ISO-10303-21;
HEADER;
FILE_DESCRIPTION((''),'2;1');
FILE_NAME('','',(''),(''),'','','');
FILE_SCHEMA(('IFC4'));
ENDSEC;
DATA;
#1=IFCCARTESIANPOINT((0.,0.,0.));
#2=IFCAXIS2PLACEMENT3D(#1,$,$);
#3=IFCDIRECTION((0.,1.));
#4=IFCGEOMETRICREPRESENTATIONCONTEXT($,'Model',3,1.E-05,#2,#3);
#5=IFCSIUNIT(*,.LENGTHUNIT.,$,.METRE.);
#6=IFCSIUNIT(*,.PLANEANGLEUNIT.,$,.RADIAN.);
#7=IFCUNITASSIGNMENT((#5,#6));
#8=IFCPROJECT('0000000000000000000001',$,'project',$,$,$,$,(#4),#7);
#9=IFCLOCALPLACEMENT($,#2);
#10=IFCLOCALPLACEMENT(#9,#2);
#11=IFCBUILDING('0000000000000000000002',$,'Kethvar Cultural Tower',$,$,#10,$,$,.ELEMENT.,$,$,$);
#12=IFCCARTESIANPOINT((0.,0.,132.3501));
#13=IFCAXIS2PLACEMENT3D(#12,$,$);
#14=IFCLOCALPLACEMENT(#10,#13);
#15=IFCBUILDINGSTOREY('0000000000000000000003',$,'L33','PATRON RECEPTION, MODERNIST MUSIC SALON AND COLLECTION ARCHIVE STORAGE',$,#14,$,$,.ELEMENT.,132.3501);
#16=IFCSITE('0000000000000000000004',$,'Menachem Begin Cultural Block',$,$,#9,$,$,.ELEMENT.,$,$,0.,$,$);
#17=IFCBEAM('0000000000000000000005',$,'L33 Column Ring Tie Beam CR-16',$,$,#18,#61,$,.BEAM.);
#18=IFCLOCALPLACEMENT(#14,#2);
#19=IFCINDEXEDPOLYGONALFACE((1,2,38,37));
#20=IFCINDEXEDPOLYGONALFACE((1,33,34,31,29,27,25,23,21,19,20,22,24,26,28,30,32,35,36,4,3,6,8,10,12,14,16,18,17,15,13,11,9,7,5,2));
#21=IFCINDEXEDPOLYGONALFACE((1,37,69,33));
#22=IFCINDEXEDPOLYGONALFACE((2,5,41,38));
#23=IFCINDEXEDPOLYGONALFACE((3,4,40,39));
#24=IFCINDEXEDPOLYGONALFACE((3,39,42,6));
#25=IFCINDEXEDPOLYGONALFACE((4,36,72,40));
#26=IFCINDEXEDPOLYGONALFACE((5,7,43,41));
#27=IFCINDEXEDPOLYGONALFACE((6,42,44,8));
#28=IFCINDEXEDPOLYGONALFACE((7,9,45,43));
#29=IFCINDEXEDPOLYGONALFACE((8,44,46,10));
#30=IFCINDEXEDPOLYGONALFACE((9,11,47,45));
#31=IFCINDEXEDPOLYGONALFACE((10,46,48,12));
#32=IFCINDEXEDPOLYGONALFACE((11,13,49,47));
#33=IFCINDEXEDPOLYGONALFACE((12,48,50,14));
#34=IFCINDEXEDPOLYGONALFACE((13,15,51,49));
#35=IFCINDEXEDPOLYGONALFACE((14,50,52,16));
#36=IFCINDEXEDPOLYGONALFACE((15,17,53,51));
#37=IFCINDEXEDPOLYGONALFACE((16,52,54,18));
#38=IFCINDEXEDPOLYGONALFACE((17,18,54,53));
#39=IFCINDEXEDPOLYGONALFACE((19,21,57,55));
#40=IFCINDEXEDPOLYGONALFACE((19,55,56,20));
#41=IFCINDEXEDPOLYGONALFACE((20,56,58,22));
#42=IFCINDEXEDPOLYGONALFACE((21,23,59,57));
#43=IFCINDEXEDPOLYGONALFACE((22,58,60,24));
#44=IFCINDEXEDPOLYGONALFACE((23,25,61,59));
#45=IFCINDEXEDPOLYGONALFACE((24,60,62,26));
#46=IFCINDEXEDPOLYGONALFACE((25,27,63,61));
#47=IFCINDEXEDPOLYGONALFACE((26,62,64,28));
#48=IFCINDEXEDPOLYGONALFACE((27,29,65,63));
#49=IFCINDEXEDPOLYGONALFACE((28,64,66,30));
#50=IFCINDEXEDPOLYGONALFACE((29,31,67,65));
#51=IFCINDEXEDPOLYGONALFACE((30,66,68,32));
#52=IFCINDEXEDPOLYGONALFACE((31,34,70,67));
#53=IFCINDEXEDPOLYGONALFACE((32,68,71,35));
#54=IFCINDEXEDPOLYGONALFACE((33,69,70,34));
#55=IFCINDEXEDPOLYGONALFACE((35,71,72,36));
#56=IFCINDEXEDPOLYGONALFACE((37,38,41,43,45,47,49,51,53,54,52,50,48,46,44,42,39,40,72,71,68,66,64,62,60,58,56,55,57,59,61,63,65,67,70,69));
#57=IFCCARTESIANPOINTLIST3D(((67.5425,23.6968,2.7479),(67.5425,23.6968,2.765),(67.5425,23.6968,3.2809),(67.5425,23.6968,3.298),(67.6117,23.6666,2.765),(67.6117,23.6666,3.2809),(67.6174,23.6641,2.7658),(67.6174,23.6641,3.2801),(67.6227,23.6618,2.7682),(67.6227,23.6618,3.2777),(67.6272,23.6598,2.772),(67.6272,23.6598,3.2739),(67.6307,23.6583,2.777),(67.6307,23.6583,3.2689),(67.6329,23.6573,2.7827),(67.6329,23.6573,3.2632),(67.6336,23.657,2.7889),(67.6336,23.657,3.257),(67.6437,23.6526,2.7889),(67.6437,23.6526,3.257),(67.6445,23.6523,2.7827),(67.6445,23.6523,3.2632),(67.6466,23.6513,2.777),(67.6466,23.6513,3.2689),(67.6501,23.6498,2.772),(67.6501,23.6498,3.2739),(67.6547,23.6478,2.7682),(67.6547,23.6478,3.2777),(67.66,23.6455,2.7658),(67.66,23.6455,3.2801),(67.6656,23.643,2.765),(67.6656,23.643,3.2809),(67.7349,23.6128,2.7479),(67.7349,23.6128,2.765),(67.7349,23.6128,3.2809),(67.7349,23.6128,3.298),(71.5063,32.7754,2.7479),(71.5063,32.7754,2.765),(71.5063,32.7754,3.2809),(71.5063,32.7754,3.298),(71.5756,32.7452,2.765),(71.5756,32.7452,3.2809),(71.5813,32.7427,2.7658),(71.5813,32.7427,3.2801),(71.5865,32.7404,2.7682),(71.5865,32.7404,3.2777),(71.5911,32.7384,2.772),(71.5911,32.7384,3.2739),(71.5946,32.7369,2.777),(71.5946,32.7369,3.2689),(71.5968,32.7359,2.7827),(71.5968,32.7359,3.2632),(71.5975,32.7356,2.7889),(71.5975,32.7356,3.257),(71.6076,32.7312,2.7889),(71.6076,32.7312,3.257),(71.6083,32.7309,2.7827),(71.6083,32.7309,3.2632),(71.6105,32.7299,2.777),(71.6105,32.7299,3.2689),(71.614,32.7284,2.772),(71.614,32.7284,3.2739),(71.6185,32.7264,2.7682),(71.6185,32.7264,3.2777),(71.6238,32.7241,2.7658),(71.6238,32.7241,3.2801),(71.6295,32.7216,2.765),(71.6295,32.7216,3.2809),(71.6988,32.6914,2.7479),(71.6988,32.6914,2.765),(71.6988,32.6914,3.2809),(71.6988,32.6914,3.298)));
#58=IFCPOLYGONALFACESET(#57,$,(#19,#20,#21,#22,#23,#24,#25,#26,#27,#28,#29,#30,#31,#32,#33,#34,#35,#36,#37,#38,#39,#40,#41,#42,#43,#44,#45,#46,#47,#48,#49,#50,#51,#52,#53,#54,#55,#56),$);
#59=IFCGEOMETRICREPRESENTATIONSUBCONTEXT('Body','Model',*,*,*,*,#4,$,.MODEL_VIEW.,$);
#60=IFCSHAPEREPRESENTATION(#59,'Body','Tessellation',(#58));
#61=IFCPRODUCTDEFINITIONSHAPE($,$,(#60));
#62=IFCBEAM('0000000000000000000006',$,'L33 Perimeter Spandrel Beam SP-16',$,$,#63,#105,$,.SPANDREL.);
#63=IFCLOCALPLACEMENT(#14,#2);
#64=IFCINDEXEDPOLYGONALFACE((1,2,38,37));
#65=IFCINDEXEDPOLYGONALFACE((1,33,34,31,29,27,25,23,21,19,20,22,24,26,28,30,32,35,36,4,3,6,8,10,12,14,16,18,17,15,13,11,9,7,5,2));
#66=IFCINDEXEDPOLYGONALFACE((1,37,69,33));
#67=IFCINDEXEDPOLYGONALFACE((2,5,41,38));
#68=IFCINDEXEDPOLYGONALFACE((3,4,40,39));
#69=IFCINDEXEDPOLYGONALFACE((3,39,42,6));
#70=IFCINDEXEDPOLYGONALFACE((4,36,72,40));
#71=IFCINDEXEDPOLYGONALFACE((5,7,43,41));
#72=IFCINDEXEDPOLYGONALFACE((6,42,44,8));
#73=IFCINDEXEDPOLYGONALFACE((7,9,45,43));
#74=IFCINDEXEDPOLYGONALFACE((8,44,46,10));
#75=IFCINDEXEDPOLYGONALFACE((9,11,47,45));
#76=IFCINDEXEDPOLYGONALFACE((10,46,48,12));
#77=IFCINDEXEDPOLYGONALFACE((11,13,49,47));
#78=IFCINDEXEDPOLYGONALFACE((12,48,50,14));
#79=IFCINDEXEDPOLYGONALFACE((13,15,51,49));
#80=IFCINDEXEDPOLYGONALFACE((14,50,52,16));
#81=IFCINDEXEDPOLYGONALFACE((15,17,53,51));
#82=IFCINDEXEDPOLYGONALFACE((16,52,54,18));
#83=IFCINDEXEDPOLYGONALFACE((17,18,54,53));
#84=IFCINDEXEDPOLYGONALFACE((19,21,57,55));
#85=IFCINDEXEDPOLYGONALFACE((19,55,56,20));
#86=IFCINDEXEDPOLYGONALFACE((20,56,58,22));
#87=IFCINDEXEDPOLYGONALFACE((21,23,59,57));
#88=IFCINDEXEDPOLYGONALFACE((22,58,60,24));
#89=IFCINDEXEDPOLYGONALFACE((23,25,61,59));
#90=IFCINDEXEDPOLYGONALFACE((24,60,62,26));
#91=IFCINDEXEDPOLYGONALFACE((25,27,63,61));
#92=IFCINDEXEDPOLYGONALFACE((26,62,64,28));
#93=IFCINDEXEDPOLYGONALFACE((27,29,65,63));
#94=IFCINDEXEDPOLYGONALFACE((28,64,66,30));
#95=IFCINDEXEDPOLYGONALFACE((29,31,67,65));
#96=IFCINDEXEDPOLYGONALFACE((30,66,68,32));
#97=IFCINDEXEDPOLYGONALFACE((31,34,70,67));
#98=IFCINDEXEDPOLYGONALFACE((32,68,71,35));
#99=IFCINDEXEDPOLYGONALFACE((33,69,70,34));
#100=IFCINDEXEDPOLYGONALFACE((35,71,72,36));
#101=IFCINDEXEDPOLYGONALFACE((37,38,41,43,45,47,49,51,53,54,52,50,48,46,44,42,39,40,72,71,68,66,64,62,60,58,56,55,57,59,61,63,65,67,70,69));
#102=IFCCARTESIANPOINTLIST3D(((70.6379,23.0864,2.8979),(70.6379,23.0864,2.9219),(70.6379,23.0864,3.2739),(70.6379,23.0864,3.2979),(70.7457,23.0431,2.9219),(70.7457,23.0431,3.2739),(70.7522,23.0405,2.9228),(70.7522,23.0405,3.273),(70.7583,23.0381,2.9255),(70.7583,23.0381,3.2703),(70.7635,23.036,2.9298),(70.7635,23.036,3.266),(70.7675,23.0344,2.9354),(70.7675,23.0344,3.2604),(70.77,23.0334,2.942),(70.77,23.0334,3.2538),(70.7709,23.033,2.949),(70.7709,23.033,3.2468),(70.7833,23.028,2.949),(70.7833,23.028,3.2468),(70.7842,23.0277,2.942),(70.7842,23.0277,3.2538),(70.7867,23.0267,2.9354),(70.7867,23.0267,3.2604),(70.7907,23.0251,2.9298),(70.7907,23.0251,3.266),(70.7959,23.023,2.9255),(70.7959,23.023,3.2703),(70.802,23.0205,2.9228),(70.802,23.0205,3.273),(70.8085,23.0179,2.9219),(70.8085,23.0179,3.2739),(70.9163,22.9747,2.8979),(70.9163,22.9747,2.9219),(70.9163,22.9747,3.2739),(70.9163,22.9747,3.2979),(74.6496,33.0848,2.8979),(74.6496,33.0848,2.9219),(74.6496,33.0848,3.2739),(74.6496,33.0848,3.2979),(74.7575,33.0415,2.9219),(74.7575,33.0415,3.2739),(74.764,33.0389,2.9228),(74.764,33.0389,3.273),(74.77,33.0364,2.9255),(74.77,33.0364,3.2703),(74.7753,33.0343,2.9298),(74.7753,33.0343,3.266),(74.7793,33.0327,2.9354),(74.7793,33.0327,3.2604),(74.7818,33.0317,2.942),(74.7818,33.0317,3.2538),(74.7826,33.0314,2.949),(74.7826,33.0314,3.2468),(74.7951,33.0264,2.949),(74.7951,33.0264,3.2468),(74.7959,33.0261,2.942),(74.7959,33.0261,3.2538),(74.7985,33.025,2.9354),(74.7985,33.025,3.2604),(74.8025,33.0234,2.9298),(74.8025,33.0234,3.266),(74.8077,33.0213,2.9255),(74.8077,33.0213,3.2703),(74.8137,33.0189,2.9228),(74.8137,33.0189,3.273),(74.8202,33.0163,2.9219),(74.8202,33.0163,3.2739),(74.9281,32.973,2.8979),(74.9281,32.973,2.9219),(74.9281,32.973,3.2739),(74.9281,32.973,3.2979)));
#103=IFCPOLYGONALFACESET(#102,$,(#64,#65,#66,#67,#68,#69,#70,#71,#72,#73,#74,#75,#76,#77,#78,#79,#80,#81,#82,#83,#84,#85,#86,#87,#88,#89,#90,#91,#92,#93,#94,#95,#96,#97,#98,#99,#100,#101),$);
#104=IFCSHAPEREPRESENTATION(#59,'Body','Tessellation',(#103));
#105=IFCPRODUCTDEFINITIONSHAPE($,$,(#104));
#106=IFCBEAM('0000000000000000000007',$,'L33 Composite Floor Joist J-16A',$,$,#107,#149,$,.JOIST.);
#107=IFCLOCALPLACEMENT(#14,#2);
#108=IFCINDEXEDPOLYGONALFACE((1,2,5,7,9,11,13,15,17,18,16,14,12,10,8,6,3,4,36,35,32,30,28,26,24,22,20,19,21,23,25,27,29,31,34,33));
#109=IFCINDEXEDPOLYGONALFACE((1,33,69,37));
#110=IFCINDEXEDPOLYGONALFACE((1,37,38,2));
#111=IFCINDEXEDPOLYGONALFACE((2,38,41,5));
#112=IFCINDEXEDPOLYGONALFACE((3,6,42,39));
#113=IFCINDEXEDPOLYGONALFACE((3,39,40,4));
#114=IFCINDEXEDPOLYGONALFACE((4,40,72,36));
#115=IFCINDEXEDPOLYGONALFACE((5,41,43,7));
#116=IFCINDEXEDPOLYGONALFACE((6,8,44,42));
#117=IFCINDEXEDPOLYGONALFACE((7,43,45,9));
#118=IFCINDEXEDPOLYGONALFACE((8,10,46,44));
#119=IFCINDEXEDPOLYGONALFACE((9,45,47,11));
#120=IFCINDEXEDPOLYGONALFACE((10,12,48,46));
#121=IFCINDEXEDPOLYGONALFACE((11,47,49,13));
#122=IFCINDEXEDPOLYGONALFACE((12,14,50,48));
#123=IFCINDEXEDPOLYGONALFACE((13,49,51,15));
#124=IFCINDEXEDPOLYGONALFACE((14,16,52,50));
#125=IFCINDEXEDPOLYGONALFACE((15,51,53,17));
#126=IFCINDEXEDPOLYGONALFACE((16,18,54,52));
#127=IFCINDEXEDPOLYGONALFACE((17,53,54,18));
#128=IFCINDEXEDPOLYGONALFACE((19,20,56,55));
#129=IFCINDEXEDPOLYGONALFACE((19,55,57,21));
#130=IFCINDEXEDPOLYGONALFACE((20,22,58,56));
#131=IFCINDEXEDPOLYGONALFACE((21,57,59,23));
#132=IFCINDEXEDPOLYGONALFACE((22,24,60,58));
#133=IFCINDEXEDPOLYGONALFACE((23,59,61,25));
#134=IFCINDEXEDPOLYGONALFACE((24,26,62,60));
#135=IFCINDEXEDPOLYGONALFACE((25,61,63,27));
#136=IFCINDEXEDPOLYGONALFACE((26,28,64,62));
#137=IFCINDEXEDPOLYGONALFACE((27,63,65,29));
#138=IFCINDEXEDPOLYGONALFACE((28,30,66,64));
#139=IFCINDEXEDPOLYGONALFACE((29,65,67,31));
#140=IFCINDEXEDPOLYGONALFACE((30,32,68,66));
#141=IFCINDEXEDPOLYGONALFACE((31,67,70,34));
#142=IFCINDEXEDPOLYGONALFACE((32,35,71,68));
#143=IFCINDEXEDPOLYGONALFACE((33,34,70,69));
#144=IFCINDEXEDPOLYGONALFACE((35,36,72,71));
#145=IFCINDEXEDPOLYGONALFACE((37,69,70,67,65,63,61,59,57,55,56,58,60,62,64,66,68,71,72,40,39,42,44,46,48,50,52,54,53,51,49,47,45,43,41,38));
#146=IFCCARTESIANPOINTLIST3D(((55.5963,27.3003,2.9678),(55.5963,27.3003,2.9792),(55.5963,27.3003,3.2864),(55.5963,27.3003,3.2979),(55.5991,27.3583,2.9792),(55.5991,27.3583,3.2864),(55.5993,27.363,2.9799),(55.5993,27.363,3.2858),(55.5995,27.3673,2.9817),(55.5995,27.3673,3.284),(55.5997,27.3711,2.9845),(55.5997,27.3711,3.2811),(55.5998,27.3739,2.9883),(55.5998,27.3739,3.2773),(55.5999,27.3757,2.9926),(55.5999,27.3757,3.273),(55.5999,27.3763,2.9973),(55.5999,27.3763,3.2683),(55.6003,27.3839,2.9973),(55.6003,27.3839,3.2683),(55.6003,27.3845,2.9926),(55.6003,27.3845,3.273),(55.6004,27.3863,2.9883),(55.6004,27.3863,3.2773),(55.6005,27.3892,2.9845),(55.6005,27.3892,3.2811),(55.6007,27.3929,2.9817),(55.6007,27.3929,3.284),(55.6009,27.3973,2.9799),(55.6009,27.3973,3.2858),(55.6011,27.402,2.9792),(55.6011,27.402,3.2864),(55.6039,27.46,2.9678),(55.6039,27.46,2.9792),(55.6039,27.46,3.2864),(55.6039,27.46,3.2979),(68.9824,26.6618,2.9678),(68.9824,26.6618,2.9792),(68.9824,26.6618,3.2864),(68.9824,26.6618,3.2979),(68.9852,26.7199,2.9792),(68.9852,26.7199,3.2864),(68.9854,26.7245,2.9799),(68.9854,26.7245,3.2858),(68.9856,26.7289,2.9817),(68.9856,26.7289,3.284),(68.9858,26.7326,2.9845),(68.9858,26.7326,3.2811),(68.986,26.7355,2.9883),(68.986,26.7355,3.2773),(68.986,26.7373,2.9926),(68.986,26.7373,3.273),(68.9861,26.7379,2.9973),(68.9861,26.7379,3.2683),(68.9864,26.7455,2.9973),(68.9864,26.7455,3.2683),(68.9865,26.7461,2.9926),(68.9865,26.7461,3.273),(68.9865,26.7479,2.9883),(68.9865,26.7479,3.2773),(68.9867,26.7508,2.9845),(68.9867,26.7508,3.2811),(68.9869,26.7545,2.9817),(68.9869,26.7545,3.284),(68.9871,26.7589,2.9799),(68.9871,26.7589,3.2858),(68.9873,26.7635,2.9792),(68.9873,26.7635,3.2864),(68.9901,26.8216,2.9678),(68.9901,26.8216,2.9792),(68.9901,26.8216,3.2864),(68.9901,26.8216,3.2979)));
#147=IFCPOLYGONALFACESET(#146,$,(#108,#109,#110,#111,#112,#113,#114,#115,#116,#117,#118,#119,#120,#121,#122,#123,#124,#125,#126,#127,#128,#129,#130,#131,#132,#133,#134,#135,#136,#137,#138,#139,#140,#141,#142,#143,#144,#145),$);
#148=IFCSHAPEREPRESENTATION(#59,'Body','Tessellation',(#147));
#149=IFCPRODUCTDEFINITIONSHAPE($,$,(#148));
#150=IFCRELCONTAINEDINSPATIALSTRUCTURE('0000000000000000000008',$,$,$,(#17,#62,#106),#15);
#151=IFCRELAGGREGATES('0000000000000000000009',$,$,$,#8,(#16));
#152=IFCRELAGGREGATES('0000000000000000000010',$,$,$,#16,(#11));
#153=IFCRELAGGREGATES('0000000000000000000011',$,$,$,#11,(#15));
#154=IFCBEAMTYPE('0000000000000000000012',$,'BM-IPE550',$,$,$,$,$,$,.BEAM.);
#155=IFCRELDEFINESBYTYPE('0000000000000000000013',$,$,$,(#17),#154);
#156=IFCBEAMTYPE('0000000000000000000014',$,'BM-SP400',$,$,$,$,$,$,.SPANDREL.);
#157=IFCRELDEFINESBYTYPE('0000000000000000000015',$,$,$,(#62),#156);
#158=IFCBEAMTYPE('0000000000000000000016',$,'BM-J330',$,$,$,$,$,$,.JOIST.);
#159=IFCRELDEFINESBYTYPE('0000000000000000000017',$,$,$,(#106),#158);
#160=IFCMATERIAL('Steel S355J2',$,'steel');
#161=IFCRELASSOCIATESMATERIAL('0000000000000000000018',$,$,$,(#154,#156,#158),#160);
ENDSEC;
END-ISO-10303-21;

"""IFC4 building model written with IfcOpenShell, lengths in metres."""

from ifc_helpers import new_model, si_unit, direction, frame, origin, origin_2d, place, context, subcontext, project, spatial, i_section, extrude, source, transform, mapped, material, material_profile, profile_set, type_object, element, save


model = new_model("IFC4")

# Units and contexts
model_context = context("Model", 3, precision=1e-05, world=origin(), true_north=direction((0.0, 1.0)))
body_context = subcontext(model_context, "Body", "Model", "MODEL_VIEW")
ifc_project = project(units=[si_unit("LENGTHUNIT", "METRE"), si_unit("PLANEANGLEUNIT", "RADIAN")], contexts=[model_context])

# Site, building, storey
site_placement = place(None, origin())
site = spatial("IfcSite", under=ifc_project, at=site_placement, Name="Menachem Begin Cultural Block", CompositionType="ELEMENT", RefElevation=0.0)
building_placement = place(site_placement, origin())
building = spatial("IfcBuilding", under=site, at=building_placement, Name="Kethvar Cultural Tower", CompositionType="ELEMENT")
storey_placement = place(building_placement, frame((0.0, 0.0, 132.3501)))
storey = spatial("IfcBuildingStorey", under=building, at=storey_placement, Name="L33", Description="PATRON RECEPTION, MODERNIST MUSIC SALON AND COLLECTION ARCHIVE STORAGE", CompositionType="ELEMENT", Elevation=132.3501)

# Beams
ifc_material_1 = material(Name="Steel S355J2", Category="steel")
ifc_material_profile_1 = material_profile(ifc_material_1, i_section(OverallWidth=0.21, OverallDepth=0.55, WebThickness=0.011, FlangeThickness=0.0171, FilletRadius=0.0239, at=origin_2d()), Name="Steel S355J2 — IPE550")
ifc_profile_set_1 = profile_set([ifc_material_profile_1], Name="Steel S355J2 — IPE550")
beam_type_1 = type_object("IfcBeamType", Name="BM-IPE550", PredefinedType="BEAM", material=ifc_profile_set_1)
shared_shape_1 = source(origin(), body_context, "Body", "SweptSolid", [
    extrude(i_section(OverallWidth=0.21, OverallDepth=0.55, WebThickness=0.011, FlangeThickness=0.0171, FilletRadius=0.0239, at=origin_2d()), origin(), (0.0, 0.0, 1.0), 9.9062),
])
beam_1_placement = place(storey_placement, frame((67.6387, 23.6548, 3.0229), z_axis=(0.400139, 0.916455, 0.0), x_axis=(-0.916455, 0.400139, 0.0)))
element("IfcBeam", 1, at=beam_1_placement, inside=storey, type_object=beam_type_1, Name="L33 Column Ring Tie Beam CR-16", PredefinedType="BEAM", context=body_context, shape_type="MappedRepresentation", body=[
    mapped(shared_shape_1, transform((0.0, 0.0, 0.0), scale=1.0)),
])
ifc_material_profile_2 = material_profile(ifc_material_1, i_section(OverallWidth=0.3, OverallDepth=0.3999, WebThickness=0.0134, FlangeThickness=0.0239, FilletRadius=0.0271, at=origin_2d()), Name="Steel S355J2 — HEB400")
ifc_profile_set_2 = profile_set([ifc_material_profile_2], Name="Steel S355J2 — HEB400")
beam_type_2 = type_object("IfcBeamType", Name="BM-SP400", PredefinedType="SPANDREL", material=ifc_profile_set_2)
shared_shape_2 = source(origin(), body_context, "Body", "SweptSolid", [
    extrude(i_section(OverallWidth=0.3, OverallDepth=0.3999, WebThickness=0.0134, FlangeThickness=0.0239, FilletRadius=0.0271, at=origin_2d()), origin(), (0.0, 0.0, 1.0), 10.7732),
])
beam_2_placement = place(storey_placement, frame((70.7771, 23.0305, 3.0979), z_axis=(0.372383, 0.928079, 0.0), x_axis=(-0.928079, 0.372383, 0.0)))
element("IfcBeam", 2, at=beam_2_placement, inside=storey, type_object=beam_type_2, Name="L33 Perimeter Spandrel Beam SP-16", PredefinedType="SPANDREL", context=body_context, shape_type="MappedRepresentation", body=[
    mapped(shared_shape_2, transform((0.0, 0.0, 0.0), scale=1.0)),
])
ifc_material_profile_3 = material_profile(ifc_material_1, i_section(OverallWidth=0.1599, OverallDepth=0.3301, WebThickness=0.0076, FlangeThickness=0.0115, FilletRadius=0.0181, at=origin_2d()), Name="Steel S355J2 — IPE330")
ifc_profile_set_3 = profile_set([ifc_material_profile_3], Name="Steel S355J2 — IPE330")
beam_type_3 = type_object("IfcBeamType", Name="BM-J330", PredefinedType="JOIST", material=ifc_profile_set_3)
shared_shape_3 = source(origin(), body_context, "Body", "SweptSolid", [
    extrude(i_section(OverallWidth=0.1599, OverallDepth=0.3301, WebThickness=0.0076, FlangeThickness=0.0115, FilletRadius=0.0181, at=origin_2d()), origin(), (0.0, 0.0, 1.0), 13.4014),
])
beam_3_placement = place(storey_placement, frame((55.6001, 27.3801, 3.1328), z_axis=(0.998865, -0.047639, 0.0), x_axis=(0.047639, 0.998865, 0.0)))
element("IfcBeam", 3, at=beam_3_placement, inside=storey, type_object=beam_type_3, Name="L33 Composite Floor Joist J-16A", PredefinedType="JOIST", context=body_context, shape_type="MappedRepresentation", body=[
    mapped(shared_shape_3, transform((0.0, 0.0, 0.0), scale=1.0)),
])

save(model, "model.ifc")
